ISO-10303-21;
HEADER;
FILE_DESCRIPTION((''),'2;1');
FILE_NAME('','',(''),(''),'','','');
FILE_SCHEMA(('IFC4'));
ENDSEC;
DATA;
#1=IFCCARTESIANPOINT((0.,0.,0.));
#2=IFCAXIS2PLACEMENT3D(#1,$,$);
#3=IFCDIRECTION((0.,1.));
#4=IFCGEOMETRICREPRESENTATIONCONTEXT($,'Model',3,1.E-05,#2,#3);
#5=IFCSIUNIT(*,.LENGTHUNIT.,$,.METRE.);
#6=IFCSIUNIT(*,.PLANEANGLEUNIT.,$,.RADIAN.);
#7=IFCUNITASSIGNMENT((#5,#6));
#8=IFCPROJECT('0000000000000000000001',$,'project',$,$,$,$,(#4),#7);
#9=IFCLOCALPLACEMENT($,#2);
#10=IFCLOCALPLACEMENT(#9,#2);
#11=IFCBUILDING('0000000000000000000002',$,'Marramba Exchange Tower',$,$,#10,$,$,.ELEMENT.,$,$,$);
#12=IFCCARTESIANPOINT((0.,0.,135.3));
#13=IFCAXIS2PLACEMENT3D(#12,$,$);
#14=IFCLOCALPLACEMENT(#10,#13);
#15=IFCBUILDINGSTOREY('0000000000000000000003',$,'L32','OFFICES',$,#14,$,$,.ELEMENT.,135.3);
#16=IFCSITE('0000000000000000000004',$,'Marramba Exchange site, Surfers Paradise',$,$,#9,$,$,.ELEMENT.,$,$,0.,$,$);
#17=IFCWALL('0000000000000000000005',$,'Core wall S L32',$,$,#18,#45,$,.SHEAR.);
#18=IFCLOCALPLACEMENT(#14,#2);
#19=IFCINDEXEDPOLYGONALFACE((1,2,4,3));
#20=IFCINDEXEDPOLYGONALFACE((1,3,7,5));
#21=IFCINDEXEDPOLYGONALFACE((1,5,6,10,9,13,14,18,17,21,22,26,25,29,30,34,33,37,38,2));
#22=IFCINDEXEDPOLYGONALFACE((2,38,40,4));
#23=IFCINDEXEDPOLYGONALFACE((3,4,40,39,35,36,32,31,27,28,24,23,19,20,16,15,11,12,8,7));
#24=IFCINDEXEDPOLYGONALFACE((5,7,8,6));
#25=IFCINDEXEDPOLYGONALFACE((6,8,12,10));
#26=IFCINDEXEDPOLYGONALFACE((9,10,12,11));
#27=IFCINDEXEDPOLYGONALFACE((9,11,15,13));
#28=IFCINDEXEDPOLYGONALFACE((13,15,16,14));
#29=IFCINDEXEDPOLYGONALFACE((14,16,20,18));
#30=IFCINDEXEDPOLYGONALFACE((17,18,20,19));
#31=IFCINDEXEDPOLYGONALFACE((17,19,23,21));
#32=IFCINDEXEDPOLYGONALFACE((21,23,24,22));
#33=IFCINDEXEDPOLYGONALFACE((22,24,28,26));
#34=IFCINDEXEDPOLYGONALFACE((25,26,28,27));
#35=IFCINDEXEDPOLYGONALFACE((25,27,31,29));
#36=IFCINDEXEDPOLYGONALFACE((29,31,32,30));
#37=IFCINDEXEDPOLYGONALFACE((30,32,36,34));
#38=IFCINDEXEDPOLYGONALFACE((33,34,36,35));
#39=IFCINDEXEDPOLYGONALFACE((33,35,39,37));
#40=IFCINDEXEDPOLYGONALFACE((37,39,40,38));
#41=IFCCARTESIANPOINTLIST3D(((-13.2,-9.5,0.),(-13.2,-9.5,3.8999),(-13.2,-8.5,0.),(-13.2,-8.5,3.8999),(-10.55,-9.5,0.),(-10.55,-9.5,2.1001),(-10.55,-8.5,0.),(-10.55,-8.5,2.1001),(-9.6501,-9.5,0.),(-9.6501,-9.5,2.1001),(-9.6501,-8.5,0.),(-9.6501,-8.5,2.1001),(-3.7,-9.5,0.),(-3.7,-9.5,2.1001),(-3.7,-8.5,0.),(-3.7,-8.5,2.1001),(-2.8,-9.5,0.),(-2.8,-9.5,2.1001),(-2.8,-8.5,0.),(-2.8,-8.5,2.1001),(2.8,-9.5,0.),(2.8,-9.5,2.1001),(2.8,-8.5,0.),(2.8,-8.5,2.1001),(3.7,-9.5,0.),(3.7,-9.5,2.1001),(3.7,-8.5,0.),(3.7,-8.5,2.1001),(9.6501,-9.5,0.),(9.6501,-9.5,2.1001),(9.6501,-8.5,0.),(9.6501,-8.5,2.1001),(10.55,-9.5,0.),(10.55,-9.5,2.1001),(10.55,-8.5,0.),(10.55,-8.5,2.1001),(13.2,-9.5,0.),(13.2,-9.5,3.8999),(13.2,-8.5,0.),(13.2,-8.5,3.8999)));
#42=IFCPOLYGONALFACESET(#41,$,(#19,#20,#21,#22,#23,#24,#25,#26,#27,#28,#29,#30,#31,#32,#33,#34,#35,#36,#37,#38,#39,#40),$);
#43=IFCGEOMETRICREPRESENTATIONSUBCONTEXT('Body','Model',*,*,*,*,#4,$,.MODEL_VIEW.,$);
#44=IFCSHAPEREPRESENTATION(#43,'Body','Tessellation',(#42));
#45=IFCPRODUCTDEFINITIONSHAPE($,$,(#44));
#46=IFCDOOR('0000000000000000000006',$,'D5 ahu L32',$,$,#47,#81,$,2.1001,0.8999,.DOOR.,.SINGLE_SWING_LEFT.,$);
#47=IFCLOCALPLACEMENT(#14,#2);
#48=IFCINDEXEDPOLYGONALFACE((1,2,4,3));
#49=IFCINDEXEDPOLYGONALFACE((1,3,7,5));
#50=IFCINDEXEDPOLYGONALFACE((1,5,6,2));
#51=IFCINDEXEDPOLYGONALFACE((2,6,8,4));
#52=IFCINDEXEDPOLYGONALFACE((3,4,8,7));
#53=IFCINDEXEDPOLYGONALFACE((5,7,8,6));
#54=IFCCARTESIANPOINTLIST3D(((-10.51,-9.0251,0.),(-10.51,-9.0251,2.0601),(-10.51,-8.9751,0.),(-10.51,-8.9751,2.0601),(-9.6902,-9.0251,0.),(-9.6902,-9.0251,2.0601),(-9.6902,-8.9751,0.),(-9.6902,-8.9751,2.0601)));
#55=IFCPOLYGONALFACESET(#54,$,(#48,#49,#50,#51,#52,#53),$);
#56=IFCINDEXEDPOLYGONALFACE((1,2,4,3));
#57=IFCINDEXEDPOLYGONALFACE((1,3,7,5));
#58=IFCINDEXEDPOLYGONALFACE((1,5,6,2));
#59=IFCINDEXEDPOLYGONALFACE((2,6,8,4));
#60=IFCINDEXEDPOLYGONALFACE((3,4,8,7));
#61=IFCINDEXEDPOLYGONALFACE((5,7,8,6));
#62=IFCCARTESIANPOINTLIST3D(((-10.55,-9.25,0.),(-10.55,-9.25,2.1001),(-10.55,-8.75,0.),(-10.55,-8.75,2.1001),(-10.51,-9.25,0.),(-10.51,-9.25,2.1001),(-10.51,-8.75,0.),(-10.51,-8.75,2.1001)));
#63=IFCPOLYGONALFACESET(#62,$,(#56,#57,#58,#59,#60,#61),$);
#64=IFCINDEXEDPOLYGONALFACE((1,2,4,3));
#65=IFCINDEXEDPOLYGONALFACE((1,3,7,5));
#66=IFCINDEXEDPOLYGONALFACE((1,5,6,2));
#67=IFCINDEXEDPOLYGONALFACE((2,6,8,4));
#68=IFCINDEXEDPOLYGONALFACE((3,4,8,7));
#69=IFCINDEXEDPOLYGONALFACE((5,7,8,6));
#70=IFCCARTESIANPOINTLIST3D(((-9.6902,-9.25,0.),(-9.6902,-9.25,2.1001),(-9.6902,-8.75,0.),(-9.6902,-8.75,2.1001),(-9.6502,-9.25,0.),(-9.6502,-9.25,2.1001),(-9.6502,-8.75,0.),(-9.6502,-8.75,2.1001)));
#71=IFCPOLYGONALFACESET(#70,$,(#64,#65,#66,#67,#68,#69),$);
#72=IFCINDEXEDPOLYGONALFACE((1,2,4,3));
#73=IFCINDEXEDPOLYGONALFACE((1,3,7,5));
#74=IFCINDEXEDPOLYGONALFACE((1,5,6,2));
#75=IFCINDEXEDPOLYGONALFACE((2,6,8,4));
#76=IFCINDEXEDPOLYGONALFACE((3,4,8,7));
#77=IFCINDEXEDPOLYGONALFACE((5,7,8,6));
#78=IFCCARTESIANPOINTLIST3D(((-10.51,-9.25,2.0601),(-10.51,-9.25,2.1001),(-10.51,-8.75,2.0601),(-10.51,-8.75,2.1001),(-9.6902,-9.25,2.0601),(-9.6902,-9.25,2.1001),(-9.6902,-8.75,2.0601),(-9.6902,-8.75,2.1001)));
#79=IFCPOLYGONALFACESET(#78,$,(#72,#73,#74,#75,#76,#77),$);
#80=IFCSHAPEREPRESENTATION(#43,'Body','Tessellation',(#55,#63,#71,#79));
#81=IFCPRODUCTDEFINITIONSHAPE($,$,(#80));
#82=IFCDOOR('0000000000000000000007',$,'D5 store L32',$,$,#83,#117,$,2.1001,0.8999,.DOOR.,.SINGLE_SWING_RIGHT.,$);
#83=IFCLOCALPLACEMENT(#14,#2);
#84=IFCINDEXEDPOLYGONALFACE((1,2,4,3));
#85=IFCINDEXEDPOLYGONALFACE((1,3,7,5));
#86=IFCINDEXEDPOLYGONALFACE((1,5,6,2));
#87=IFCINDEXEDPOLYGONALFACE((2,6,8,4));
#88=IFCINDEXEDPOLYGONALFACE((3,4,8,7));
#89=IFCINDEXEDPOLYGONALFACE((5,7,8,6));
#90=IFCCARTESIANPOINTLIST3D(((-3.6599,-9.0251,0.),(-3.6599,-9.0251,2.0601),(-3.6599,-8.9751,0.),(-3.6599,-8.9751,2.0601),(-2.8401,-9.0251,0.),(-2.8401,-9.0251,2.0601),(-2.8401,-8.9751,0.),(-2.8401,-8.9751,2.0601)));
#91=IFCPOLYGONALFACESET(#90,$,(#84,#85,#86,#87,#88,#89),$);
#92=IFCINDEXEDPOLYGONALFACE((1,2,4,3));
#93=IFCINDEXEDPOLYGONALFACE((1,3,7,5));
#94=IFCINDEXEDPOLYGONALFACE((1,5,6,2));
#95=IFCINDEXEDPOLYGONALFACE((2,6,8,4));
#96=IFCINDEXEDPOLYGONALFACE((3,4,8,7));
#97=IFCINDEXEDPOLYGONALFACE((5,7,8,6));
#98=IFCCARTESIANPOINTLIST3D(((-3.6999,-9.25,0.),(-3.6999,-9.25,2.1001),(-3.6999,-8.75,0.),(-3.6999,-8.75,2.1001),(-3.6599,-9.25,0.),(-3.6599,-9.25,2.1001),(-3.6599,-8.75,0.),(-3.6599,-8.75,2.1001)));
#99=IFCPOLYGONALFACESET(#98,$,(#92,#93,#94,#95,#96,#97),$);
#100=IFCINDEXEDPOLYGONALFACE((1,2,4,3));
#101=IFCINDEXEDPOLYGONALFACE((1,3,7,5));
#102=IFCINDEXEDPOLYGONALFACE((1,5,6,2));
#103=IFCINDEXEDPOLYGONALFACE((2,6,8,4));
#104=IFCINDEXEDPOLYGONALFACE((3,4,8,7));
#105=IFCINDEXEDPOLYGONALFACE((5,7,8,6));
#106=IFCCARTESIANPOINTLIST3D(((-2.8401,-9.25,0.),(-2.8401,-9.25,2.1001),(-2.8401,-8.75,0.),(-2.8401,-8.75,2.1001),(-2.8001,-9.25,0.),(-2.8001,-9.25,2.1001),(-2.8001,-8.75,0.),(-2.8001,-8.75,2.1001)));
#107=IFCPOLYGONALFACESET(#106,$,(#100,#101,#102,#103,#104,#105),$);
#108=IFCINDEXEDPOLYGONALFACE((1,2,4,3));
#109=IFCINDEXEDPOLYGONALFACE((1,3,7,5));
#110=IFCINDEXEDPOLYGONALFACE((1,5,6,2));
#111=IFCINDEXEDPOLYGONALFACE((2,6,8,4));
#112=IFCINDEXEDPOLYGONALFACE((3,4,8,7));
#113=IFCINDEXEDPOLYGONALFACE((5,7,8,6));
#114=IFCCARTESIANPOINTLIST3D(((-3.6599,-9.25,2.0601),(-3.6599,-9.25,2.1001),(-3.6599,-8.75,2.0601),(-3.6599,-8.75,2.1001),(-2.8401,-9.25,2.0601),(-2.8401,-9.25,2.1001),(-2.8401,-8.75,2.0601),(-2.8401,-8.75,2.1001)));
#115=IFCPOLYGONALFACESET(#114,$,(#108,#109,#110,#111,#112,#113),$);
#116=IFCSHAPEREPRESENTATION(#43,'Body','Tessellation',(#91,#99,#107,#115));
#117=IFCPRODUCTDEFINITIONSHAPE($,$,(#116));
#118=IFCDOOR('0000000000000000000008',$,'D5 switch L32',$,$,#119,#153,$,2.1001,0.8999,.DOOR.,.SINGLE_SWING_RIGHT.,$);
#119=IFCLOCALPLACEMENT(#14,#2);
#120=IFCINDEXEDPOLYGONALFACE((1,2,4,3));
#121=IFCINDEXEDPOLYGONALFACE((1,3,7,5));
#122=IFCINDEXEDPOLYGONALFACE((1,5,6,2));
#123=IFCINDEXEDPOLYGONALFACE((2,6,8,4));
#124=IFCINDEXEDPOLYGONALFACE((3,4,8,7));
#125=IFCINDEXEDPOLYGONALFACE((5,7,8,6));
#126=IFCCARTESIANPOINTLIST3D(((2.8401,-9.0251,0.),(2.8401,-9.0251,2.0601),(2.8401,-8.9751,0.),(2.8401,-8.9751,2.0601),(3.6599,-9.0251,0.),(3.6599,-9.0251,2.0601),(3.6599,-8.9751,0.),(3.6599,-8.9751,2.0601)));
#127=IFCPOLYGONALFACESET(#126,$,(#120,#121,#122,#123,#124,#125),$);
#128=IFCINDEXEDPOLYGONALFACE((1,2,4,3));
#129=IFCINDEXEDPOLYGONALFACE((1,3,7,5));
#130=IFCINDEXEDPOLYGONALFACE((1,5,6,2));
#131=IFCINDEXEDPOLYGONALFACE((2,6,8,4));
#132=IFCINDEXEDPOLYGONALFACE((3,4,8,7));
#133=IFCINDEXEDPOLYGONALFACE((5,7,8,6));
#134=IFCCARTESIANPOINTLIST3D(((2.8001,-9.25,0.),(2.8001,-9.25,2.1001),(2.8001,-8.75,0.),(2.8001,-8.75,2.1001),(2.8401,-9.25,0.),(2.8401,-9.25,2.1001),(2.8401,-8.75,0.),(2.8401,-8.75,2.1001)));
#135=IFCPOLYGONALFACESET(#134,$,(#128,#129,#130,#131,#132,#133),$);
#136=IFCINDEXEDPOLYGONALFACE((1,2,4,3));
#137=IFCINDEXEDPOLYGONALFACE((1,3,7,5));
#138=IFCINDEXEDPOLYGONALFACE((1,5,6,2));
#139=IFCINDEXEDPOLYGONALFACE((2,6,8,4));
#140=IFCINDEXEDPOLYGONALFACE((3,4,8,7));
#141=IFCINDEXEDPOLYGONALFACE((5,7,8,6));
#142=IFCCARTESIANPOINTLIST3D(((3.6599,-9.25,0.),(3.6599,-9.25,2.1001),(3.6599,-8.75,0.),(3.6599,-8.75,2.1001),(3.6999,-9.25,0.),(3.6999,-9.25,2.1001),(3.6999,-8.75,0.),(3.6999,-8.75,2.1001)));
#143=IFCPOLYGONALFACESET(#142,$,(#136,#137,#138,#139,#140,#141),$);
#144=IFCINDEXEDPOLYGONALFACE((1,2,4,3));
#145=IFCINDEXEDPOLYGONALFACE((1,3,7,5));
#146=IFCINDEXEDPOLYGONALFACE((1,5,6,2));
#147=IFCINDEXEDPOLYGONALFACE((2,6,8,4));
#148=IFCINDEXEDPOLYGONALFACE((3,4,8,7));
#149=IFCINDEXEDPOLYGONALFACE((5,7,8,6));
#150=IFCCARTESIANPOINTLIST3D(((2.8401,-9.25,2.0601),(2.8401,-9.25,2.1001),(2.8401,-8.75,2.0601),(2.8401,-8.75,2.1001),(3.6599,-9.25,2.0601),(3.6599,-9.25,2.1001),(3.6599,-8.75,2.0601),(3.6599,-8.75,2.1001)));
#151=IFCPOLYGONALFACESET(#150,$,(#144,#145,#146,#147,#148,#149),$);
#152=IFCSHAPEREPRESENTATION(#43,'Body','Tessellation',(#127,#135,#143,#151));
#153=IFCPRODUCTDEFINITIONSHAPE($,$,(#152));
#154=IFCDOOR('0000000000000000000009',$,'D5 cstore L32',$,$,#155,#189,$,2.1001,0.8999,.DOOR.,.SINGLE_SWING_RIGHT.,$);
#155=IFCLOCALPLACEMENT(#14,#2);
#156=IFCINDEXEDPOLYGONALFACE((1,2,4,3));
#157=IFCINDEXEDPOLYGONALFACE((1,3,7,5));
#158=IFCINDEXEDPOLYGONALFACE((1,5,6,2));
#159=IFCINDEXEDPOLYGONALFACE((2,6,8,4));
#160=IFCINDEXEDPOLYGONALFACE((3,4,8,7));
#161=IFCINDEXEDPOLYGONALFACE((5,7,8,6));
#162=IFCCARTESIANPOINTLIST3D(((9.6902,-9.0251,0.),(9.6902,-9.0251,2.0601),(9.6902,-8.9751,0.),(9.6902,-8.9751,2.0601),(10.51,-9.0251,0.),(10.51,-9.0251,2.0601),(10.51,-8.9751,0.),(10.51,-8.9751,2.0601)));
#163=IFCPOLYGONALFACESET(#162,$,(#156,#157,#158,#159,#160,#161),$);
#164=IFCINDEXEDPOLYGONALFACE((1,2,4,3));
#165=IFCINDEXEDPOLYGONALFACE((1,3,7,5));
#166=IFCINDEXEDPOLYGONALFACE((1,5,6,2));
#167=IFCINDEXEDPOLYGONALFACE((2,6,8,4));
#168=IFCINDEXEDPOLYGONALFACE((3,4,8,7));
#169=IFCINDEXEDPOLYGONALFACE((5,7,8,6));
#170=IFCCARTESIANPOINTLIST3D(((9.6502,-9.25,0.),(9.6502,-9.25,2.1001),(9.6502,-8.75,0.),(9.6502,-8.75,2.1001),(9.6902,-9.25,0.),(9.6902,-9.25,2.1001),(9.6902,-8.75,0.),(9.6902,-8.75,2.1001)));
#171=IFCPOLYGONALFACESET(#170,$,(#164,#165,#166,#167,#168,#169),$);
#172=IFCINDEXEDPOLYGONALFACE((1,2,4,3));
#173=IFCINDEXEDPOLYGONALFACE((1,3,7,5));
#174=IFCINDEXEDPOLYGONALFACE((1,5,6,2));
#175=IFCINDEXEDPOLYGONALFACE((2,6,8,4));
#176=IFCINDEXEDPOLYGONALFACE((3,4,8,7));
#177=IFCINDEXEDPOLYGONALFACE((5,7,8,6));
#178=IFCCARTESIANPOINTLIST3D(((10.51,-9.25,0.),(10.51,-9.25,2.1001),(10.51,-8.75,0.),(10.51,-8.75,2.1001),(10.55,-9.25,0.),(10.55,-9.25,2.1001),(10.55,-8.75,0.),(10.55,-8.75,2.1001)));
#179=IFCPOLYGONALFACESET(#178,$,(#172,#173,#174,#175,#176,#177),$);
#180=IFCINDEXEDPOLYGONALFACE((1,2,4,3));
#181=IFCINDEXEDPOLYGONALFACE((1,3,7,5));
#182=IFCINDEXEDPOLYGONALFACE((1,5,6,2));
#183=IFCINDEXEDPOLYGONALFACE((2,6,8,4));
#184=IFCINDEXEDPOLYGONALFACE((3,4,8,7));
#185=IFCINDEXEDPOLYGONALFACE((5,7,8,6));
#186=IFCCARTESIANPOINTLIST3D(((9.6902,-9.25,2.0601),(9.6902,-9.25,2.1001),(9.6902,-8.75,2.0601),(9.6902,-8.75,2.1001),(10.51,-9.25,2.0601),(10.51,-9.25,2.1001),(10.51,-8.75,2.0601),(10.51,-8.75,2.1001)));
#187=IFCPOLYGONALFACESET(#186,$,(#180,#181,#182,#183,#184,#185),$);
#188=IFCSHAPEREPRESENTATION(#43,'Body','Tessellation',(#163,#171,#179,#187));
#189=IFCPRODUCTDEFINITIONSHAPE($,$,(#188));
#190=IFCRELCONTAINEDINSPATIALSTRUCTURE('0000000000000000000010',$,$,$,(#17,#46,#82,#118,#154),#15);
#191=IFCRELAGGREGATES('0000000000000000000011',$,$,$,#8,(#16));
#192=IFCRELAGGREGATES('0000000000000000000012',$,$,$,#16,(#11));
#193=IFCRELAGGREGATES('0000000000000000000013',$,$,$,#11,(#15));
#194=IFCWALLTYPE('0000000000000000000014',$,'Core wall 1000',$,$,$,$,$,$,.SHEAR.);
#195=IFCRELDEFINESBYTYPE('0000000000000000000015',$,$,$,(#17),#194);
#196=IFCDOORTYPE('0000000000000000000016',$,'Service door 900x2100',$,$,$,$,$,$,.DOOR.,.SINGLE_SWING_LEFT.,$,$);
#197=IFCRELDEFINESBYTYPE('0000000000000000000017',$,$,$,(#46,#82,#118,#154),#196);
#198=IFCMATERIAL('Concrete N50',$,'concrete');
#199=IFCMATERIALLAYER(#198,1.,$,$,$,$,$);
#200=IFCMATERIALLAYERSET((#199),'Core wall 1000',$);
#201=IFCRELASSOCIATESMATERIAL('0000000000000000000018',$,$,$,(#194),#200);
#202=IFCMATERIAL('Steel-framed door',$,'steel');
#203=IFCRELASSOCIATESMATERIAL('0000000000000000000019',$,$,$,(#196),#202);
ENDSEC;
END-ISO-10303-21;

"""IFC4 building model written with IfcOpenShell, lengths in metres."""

from ifc_helpers import new_model, si_unit, direction, frame, frame_2d, origin, place, context, subcontext, project, spatial, rectangle, extrude, material, layer, layer_set, type_object, element, fill, save


model = new_model("IFC4")

# Units and contexts
model_context = context("Model", 3, precision=1e-05, world=origin(), true_north=direction((0.0, 1.0)))
body_context = subcontext(model_context, "Body", "Model", "MODEL_VIEW")
ifc_project = project(units=[si_unit("LENGTHUNIT", "METRE"), si_unit("PLANEANGLEUNIT", "RADIAN")], contexts=[model_context])

# Site, building, storey
site_placement = place(None, origin())
site = spatial("IfcSite", under=ifc_project, at=site_placement, Name="Marramba Exchange site, Surfers Paradise", CompositionType="ELEMENT", RefElevation=0.0)
building_placement = place(site_placement, origin())
building = spatial("IfcBuilding", under=site, at=building_placement, Name="Marramba Exchange Tower", CompositionType="ELEMENT")
storey_placement = place(building_placement, frame((0.0, 0.0, 135.3)))
storey = spatial("IfcBuildingStorey", under=building, at=storey_placement, Name="L32", Description="OFFICES", CompositionType="ELEMENT", Elevation=135.3)

# Shared definitions
ifc_material_1 = material(Name="Concrete N50", Category="concrete")

# Wall, openings, doors
ifc_layer_1 = layer(ifc_material_1, 1.0)
ifc_layer_set_1 = layer_set([ifc_layer_1], Name="Core wall 1000")
wall_type = type_object("IfcWallType", Name="Core wall 1000", PredefinedType="SHEAR", material=ifc_layer_set_1)
wall_placement = place(storey_placement, frame((-13.2, -9.0, 0.0), z_axis=(0.0, 0.0, 1.0), x_axis=(1.0, 0.0, 0.0)))
wall = element("IfcWall", 1, at=wall_placement, inside=storey, type_object=wall_type, Name="Core wall S L32", PredefinedType="SHEAR", context=body_context, shape_type="SweptSolid", body=[
    extrude(rectangle(XDim=26.3999, YDim=1.0, at=frame_2d((13.2, 0.0))), origin(), (0.0, 0.0, 1.0), 3.8999),
])
opening_1_placement = place(wall_placement, frame((2.6499, 0.0, 0.0)))
opening_1 = element("IfcOpeningElement", 2, at=opening_1_placement, cuts=wall, PredefinedType="OPENING", context=body_context, shape_type="SweptSolid", body=[
    extrude(rectangle(XDim=0.8999, YDim=2.1001, at=frame_2d((0.45, 1.05))), frame((0.0, 0.51, 0.0), z_axis=(0.0, -1.0, 0.0), x_axis=(1.0, 0.0, 0.0)), (0.0, 0.0, 1.0), 1.02),
])
opening_2_placement = place(wall_placement, frame((9.5, 0.0, 0.0)))
opening_2 = element("IfcOpeningElement", 3, at=opening_2_placement, cuts=wall, PredefinedType="OPENING", context=body_context, shape_type="SweptSolid", body=[
    extrude(rectangle(XDim=0.8999, YDim=2.1001, at=frame_2d((0.45, 1.05))), frame((0.0, 0.51, 0.0), z_axis=(0.0, -1.0, 0.0), x_axis=(1.0, 0.0, 0.0)), (0.0, 0.0, 1.0), 1.02),
])
opening_3_placement = place(wall_placement, frame((16.0, 0.0, 0.0)))
opening_3 = element("IfcOpeningElement", 4, at=opening_3_placement, cuts=wall, PredefinedType="OPENING", context=body_context, shape_type="SweptSolid", body=[
    extrude(rectangle(XDim=0.8999, YDim=2.1001, at=frame_2d((0.45, 1.05))), frame((0.0, 0.51, 0.0), z_axis=(0.0, -1.0, 0.0), x_axis=(1.0, 0.0, 0.0)), (0.0, 0.0, 1.0), 1.02),
])
opening_4_placement = place(wall_placement, frame((22.8501, 0.0, 0.0)))
opening_4 = element("IfcOpeningElement", 5, at=opening_4_placement, cuts=wall, PredefinedType="OPENING", context=body_context, shape_type="SweptSolid", body=[
    extrude(rectangle(XDim=0.8999, YDim=2.1001, at=frame_2d((0.45, 1.05))), frame((0.0, 0.51, 0.0), z_axis=(0.0, -1.0, 0.0), x_axis=(1.0, 0.0, 0.0)), (0.0, 0.0, 1.0), 1.02),
])
ifc_material_2 = material(Name="Steel-framed door", Category="steel")
door_type = type_object("IfcDoorType", Name="Service door 900x2100", OperationType="SINGLE_SWING_LEFT", PredefinedType="DOOR", material=ifc_material_2)
door_1_placement = place(opening_1_placement, origin())
door_1 = element("IfcDoor", 6, at=door_1_placement, inside=storey, type_object=door_type, Name="D5 ahu L32", OperationType="SINGLE_SWING_LEFT", OverallHeight=2.1001, OverallWidth=0.8999, PredefinedType="DOOR", context=body_context, shape_type="SweptSolid", body=[
    extrude(rectangle(XDim=0.8198, YDim=2.0601, at=frame_2d((0.45, 1.03))), frame((0.0, 0.0249, 0.0), z_axis=(0.0, -1.0, 0.0), x_axis=(1.0, 0.0, 0.0)), (0.0, 0.0, 1.0), 0.05),
    extrude(rectangle(XDim=0.04, YDim=2.1001, at=frame_2d((0.02, 1.05))), frame((0.0, 0.25, 0.0), z_axis=(0.0, -1.0, 0.0), x_axis=(1.0, 0.0, 0.0)), (0.0, 0.0, 1.0), 0.5),
    extrude(rectangle(XDim=0.04, YDim=2.1001, at=frame_2d((0.8799, 1.05))), frame((0.0, 0.25, 0.0), z_axis=(0.0, -1.0, 0.0), x_axis=(1.0, 0.0, 0.0)), (0.0, 0.0, 1.0), 0.5),
    extrude(rectangle(XDim=0.8198, YDim=0.04, at=frame_2d((0.45, 2.0801))), frame((0.0, 0.25, 0.0), z_axis=(0.0, -1.0, 0.0), x_axis=(1.0, 0.0, 0.0)), (0.0, 0.0, 1.0), 0.5),
])
fill(opening_1, door_1)
door_2_placement = place(opening_2_placement, origin())
door_2 = element("IfcDoor", 7, at=door_2_placement, inside=storey, type_object=door_type, Name="D5 store L32", OperationType="SINGLE_SWING_RIGHT", OverallHeight=2.1001, OverallWidth=0.8999, PredefinedType="DOOR", context=body_context, shape_type="SweptSolid", body=[
    extrude(rectangle(XDim=0.8198, YDim=2.0601, at=frame_2d((0.45, 1.03))), frame((0.0, 0.0249, 0.0), z_axis=(0.0, -1.0, 0.0), x_axis=(1.0, 0.0, 0.0)), (0.0, 0.0, 1.0), 0.05),
    extrude(rectangle(XDim=0.04, YDim=2.1001, at=frame_2d((0.02, 1.05))), frame((0.0, 0.25, 0.0), z_axis=(0.0, -1.0, 0.0), x_axis=(1.0, 0.0, 0.0)), (0.0, 0.0, 1.0), 0.5),
    extrude(rectangle(XDim=0.04, YDim=2.1001, at=frame_2d((0.8799, 1.05))), frame((0.0, 0.25, 0.0), z_axis=(0.0, -1.0, 0.0), x_axis=(1.0, 0.0, 0.0)), (0.0, 0.0, 1.0), 0.5),
    extrude(rectangle(XDim=0.8198, YDim=0.04, at=frame_2d((0.45, 2.0801))), frame((0.0, 0.25, 0.0), z_axis=(0.0, -1.0, 0.0), x_axis=(1.0, 0.0, 0.0)), (0.0, 0.0, 1.0), 0.5),
])
fill(opening_2, door_2)
door_3_placement = place(opening_3_placement, origin())
door_3 = element("IfcDoor", 8, at=door_3_placement, inside=storey, type_object=door_type, Name="D5 switch L32", OperationType="SINGLE_SWING_RIGHT", OverallHeight=2.1001, OverallWidth=0.8999, PredefinedType="DOOR", context=body_context, shape_type="SweptSolid", body=[
    extrude(rectangle(XDim=0.8198, YDim=2.0601, at=frame_2d((0.45, 1.03))), frame((0.0, 0.0249, 0.0), z_axis=(0.0, -1.0, 0.0), x_axis=(1.0, 0.0, 0.0)), (0.0, 0.0, 1.0), 0.05),
    extrude(rectangle(XDim=0.04, YDim=2.1001, at=frame_2d((0.02, 1.05))), frame((0.0, 0.25, 0.0), z_axis=(0.0, -1.0, 0.0), x_axis=(1.0, 0.0, 0.0)), (0.0, 0.0, 1.0), 0.5),
    extrude(rectangle(XDim=0.04, YDim=2.1001, at=frame_2d((0.8799, 1.05))), frame((0.0, 0.25, 0.0), z_axis=(0.0, -1.0, 0.0), x_axis=(1.0, 0.0, 0.0)), (0.0, 0.0, 1.0), 0.5),
    extrude(rectangle(XDim=0.8198, YDim=0.04, at=frame_2d((0.45, 2.0801))), frame((0.0, 0.25, 0.0), z_axis=(0.0, -1.0, 0.0), x_axis=(1.0, 0.0, 0.0)), (0.0, 0.0, 1.0), 0.5),
])
fill(opening_3, door_3)
door_4_placement = place(opening_4_placement, origin())
door_4 = element("IfcDoor", 9, at=door_4_placement, inside=storey, type_object=door_type, Name="D5 cstore L32", OperationType="SINGLE_SWING_RIGHT", OverallHeight=2.1001, OverallWidth=0.8999, PredefinedType="DOOR", context=body_context, shape_type="SweptSolid", body=[
    extrude(rectangle(XDim=0.8198, YDim=2.0601, at=frame_2d((0.45, 1.03))), frame((0.0, 0.0249, 0.0), z_axis=(0.0, -1.0, 0.0), x_axis=(1.0, 0.0, 0.0)), (0.0, 0.0, 1.0), 0.05),
    extrude(rectangle(XDim=0.04, YDim=2.1001, at=frame_2d((0.02, 1.05))), frame((0.0, 0.25, 0.0), z_axis=(0.0, -1.0, 0.0), x_axis=(1.0, 0.0, 0.0)), (0.0, 0.0, 1.0), 0.5),
    extrude(rectangle(XDim=0.04, YDim=2.1001, at=frame_2d((0.8799, 1.05))), frame((0.0, 0.25, 0.0), z_axis=(0.0, -1.0, 0.0), x_axis=(1.0, 0.0, 0.0)), (0.0, 0.0, 1.0), 0.5),
    extrude(rectangle(XDim=0.8198, YDim=0.04, at=frame_2d((0.45, 2.0801))), frame((0.0, 0.25, 0.0), z_axis=(0.0, -1.0, 0.0), x_axis=(1.0, 0.0, 0.0)), (0.0, 0.0, 1.0), 0.5),
])
fill(opening_4, door_4)

save(model, "model.ifc")
